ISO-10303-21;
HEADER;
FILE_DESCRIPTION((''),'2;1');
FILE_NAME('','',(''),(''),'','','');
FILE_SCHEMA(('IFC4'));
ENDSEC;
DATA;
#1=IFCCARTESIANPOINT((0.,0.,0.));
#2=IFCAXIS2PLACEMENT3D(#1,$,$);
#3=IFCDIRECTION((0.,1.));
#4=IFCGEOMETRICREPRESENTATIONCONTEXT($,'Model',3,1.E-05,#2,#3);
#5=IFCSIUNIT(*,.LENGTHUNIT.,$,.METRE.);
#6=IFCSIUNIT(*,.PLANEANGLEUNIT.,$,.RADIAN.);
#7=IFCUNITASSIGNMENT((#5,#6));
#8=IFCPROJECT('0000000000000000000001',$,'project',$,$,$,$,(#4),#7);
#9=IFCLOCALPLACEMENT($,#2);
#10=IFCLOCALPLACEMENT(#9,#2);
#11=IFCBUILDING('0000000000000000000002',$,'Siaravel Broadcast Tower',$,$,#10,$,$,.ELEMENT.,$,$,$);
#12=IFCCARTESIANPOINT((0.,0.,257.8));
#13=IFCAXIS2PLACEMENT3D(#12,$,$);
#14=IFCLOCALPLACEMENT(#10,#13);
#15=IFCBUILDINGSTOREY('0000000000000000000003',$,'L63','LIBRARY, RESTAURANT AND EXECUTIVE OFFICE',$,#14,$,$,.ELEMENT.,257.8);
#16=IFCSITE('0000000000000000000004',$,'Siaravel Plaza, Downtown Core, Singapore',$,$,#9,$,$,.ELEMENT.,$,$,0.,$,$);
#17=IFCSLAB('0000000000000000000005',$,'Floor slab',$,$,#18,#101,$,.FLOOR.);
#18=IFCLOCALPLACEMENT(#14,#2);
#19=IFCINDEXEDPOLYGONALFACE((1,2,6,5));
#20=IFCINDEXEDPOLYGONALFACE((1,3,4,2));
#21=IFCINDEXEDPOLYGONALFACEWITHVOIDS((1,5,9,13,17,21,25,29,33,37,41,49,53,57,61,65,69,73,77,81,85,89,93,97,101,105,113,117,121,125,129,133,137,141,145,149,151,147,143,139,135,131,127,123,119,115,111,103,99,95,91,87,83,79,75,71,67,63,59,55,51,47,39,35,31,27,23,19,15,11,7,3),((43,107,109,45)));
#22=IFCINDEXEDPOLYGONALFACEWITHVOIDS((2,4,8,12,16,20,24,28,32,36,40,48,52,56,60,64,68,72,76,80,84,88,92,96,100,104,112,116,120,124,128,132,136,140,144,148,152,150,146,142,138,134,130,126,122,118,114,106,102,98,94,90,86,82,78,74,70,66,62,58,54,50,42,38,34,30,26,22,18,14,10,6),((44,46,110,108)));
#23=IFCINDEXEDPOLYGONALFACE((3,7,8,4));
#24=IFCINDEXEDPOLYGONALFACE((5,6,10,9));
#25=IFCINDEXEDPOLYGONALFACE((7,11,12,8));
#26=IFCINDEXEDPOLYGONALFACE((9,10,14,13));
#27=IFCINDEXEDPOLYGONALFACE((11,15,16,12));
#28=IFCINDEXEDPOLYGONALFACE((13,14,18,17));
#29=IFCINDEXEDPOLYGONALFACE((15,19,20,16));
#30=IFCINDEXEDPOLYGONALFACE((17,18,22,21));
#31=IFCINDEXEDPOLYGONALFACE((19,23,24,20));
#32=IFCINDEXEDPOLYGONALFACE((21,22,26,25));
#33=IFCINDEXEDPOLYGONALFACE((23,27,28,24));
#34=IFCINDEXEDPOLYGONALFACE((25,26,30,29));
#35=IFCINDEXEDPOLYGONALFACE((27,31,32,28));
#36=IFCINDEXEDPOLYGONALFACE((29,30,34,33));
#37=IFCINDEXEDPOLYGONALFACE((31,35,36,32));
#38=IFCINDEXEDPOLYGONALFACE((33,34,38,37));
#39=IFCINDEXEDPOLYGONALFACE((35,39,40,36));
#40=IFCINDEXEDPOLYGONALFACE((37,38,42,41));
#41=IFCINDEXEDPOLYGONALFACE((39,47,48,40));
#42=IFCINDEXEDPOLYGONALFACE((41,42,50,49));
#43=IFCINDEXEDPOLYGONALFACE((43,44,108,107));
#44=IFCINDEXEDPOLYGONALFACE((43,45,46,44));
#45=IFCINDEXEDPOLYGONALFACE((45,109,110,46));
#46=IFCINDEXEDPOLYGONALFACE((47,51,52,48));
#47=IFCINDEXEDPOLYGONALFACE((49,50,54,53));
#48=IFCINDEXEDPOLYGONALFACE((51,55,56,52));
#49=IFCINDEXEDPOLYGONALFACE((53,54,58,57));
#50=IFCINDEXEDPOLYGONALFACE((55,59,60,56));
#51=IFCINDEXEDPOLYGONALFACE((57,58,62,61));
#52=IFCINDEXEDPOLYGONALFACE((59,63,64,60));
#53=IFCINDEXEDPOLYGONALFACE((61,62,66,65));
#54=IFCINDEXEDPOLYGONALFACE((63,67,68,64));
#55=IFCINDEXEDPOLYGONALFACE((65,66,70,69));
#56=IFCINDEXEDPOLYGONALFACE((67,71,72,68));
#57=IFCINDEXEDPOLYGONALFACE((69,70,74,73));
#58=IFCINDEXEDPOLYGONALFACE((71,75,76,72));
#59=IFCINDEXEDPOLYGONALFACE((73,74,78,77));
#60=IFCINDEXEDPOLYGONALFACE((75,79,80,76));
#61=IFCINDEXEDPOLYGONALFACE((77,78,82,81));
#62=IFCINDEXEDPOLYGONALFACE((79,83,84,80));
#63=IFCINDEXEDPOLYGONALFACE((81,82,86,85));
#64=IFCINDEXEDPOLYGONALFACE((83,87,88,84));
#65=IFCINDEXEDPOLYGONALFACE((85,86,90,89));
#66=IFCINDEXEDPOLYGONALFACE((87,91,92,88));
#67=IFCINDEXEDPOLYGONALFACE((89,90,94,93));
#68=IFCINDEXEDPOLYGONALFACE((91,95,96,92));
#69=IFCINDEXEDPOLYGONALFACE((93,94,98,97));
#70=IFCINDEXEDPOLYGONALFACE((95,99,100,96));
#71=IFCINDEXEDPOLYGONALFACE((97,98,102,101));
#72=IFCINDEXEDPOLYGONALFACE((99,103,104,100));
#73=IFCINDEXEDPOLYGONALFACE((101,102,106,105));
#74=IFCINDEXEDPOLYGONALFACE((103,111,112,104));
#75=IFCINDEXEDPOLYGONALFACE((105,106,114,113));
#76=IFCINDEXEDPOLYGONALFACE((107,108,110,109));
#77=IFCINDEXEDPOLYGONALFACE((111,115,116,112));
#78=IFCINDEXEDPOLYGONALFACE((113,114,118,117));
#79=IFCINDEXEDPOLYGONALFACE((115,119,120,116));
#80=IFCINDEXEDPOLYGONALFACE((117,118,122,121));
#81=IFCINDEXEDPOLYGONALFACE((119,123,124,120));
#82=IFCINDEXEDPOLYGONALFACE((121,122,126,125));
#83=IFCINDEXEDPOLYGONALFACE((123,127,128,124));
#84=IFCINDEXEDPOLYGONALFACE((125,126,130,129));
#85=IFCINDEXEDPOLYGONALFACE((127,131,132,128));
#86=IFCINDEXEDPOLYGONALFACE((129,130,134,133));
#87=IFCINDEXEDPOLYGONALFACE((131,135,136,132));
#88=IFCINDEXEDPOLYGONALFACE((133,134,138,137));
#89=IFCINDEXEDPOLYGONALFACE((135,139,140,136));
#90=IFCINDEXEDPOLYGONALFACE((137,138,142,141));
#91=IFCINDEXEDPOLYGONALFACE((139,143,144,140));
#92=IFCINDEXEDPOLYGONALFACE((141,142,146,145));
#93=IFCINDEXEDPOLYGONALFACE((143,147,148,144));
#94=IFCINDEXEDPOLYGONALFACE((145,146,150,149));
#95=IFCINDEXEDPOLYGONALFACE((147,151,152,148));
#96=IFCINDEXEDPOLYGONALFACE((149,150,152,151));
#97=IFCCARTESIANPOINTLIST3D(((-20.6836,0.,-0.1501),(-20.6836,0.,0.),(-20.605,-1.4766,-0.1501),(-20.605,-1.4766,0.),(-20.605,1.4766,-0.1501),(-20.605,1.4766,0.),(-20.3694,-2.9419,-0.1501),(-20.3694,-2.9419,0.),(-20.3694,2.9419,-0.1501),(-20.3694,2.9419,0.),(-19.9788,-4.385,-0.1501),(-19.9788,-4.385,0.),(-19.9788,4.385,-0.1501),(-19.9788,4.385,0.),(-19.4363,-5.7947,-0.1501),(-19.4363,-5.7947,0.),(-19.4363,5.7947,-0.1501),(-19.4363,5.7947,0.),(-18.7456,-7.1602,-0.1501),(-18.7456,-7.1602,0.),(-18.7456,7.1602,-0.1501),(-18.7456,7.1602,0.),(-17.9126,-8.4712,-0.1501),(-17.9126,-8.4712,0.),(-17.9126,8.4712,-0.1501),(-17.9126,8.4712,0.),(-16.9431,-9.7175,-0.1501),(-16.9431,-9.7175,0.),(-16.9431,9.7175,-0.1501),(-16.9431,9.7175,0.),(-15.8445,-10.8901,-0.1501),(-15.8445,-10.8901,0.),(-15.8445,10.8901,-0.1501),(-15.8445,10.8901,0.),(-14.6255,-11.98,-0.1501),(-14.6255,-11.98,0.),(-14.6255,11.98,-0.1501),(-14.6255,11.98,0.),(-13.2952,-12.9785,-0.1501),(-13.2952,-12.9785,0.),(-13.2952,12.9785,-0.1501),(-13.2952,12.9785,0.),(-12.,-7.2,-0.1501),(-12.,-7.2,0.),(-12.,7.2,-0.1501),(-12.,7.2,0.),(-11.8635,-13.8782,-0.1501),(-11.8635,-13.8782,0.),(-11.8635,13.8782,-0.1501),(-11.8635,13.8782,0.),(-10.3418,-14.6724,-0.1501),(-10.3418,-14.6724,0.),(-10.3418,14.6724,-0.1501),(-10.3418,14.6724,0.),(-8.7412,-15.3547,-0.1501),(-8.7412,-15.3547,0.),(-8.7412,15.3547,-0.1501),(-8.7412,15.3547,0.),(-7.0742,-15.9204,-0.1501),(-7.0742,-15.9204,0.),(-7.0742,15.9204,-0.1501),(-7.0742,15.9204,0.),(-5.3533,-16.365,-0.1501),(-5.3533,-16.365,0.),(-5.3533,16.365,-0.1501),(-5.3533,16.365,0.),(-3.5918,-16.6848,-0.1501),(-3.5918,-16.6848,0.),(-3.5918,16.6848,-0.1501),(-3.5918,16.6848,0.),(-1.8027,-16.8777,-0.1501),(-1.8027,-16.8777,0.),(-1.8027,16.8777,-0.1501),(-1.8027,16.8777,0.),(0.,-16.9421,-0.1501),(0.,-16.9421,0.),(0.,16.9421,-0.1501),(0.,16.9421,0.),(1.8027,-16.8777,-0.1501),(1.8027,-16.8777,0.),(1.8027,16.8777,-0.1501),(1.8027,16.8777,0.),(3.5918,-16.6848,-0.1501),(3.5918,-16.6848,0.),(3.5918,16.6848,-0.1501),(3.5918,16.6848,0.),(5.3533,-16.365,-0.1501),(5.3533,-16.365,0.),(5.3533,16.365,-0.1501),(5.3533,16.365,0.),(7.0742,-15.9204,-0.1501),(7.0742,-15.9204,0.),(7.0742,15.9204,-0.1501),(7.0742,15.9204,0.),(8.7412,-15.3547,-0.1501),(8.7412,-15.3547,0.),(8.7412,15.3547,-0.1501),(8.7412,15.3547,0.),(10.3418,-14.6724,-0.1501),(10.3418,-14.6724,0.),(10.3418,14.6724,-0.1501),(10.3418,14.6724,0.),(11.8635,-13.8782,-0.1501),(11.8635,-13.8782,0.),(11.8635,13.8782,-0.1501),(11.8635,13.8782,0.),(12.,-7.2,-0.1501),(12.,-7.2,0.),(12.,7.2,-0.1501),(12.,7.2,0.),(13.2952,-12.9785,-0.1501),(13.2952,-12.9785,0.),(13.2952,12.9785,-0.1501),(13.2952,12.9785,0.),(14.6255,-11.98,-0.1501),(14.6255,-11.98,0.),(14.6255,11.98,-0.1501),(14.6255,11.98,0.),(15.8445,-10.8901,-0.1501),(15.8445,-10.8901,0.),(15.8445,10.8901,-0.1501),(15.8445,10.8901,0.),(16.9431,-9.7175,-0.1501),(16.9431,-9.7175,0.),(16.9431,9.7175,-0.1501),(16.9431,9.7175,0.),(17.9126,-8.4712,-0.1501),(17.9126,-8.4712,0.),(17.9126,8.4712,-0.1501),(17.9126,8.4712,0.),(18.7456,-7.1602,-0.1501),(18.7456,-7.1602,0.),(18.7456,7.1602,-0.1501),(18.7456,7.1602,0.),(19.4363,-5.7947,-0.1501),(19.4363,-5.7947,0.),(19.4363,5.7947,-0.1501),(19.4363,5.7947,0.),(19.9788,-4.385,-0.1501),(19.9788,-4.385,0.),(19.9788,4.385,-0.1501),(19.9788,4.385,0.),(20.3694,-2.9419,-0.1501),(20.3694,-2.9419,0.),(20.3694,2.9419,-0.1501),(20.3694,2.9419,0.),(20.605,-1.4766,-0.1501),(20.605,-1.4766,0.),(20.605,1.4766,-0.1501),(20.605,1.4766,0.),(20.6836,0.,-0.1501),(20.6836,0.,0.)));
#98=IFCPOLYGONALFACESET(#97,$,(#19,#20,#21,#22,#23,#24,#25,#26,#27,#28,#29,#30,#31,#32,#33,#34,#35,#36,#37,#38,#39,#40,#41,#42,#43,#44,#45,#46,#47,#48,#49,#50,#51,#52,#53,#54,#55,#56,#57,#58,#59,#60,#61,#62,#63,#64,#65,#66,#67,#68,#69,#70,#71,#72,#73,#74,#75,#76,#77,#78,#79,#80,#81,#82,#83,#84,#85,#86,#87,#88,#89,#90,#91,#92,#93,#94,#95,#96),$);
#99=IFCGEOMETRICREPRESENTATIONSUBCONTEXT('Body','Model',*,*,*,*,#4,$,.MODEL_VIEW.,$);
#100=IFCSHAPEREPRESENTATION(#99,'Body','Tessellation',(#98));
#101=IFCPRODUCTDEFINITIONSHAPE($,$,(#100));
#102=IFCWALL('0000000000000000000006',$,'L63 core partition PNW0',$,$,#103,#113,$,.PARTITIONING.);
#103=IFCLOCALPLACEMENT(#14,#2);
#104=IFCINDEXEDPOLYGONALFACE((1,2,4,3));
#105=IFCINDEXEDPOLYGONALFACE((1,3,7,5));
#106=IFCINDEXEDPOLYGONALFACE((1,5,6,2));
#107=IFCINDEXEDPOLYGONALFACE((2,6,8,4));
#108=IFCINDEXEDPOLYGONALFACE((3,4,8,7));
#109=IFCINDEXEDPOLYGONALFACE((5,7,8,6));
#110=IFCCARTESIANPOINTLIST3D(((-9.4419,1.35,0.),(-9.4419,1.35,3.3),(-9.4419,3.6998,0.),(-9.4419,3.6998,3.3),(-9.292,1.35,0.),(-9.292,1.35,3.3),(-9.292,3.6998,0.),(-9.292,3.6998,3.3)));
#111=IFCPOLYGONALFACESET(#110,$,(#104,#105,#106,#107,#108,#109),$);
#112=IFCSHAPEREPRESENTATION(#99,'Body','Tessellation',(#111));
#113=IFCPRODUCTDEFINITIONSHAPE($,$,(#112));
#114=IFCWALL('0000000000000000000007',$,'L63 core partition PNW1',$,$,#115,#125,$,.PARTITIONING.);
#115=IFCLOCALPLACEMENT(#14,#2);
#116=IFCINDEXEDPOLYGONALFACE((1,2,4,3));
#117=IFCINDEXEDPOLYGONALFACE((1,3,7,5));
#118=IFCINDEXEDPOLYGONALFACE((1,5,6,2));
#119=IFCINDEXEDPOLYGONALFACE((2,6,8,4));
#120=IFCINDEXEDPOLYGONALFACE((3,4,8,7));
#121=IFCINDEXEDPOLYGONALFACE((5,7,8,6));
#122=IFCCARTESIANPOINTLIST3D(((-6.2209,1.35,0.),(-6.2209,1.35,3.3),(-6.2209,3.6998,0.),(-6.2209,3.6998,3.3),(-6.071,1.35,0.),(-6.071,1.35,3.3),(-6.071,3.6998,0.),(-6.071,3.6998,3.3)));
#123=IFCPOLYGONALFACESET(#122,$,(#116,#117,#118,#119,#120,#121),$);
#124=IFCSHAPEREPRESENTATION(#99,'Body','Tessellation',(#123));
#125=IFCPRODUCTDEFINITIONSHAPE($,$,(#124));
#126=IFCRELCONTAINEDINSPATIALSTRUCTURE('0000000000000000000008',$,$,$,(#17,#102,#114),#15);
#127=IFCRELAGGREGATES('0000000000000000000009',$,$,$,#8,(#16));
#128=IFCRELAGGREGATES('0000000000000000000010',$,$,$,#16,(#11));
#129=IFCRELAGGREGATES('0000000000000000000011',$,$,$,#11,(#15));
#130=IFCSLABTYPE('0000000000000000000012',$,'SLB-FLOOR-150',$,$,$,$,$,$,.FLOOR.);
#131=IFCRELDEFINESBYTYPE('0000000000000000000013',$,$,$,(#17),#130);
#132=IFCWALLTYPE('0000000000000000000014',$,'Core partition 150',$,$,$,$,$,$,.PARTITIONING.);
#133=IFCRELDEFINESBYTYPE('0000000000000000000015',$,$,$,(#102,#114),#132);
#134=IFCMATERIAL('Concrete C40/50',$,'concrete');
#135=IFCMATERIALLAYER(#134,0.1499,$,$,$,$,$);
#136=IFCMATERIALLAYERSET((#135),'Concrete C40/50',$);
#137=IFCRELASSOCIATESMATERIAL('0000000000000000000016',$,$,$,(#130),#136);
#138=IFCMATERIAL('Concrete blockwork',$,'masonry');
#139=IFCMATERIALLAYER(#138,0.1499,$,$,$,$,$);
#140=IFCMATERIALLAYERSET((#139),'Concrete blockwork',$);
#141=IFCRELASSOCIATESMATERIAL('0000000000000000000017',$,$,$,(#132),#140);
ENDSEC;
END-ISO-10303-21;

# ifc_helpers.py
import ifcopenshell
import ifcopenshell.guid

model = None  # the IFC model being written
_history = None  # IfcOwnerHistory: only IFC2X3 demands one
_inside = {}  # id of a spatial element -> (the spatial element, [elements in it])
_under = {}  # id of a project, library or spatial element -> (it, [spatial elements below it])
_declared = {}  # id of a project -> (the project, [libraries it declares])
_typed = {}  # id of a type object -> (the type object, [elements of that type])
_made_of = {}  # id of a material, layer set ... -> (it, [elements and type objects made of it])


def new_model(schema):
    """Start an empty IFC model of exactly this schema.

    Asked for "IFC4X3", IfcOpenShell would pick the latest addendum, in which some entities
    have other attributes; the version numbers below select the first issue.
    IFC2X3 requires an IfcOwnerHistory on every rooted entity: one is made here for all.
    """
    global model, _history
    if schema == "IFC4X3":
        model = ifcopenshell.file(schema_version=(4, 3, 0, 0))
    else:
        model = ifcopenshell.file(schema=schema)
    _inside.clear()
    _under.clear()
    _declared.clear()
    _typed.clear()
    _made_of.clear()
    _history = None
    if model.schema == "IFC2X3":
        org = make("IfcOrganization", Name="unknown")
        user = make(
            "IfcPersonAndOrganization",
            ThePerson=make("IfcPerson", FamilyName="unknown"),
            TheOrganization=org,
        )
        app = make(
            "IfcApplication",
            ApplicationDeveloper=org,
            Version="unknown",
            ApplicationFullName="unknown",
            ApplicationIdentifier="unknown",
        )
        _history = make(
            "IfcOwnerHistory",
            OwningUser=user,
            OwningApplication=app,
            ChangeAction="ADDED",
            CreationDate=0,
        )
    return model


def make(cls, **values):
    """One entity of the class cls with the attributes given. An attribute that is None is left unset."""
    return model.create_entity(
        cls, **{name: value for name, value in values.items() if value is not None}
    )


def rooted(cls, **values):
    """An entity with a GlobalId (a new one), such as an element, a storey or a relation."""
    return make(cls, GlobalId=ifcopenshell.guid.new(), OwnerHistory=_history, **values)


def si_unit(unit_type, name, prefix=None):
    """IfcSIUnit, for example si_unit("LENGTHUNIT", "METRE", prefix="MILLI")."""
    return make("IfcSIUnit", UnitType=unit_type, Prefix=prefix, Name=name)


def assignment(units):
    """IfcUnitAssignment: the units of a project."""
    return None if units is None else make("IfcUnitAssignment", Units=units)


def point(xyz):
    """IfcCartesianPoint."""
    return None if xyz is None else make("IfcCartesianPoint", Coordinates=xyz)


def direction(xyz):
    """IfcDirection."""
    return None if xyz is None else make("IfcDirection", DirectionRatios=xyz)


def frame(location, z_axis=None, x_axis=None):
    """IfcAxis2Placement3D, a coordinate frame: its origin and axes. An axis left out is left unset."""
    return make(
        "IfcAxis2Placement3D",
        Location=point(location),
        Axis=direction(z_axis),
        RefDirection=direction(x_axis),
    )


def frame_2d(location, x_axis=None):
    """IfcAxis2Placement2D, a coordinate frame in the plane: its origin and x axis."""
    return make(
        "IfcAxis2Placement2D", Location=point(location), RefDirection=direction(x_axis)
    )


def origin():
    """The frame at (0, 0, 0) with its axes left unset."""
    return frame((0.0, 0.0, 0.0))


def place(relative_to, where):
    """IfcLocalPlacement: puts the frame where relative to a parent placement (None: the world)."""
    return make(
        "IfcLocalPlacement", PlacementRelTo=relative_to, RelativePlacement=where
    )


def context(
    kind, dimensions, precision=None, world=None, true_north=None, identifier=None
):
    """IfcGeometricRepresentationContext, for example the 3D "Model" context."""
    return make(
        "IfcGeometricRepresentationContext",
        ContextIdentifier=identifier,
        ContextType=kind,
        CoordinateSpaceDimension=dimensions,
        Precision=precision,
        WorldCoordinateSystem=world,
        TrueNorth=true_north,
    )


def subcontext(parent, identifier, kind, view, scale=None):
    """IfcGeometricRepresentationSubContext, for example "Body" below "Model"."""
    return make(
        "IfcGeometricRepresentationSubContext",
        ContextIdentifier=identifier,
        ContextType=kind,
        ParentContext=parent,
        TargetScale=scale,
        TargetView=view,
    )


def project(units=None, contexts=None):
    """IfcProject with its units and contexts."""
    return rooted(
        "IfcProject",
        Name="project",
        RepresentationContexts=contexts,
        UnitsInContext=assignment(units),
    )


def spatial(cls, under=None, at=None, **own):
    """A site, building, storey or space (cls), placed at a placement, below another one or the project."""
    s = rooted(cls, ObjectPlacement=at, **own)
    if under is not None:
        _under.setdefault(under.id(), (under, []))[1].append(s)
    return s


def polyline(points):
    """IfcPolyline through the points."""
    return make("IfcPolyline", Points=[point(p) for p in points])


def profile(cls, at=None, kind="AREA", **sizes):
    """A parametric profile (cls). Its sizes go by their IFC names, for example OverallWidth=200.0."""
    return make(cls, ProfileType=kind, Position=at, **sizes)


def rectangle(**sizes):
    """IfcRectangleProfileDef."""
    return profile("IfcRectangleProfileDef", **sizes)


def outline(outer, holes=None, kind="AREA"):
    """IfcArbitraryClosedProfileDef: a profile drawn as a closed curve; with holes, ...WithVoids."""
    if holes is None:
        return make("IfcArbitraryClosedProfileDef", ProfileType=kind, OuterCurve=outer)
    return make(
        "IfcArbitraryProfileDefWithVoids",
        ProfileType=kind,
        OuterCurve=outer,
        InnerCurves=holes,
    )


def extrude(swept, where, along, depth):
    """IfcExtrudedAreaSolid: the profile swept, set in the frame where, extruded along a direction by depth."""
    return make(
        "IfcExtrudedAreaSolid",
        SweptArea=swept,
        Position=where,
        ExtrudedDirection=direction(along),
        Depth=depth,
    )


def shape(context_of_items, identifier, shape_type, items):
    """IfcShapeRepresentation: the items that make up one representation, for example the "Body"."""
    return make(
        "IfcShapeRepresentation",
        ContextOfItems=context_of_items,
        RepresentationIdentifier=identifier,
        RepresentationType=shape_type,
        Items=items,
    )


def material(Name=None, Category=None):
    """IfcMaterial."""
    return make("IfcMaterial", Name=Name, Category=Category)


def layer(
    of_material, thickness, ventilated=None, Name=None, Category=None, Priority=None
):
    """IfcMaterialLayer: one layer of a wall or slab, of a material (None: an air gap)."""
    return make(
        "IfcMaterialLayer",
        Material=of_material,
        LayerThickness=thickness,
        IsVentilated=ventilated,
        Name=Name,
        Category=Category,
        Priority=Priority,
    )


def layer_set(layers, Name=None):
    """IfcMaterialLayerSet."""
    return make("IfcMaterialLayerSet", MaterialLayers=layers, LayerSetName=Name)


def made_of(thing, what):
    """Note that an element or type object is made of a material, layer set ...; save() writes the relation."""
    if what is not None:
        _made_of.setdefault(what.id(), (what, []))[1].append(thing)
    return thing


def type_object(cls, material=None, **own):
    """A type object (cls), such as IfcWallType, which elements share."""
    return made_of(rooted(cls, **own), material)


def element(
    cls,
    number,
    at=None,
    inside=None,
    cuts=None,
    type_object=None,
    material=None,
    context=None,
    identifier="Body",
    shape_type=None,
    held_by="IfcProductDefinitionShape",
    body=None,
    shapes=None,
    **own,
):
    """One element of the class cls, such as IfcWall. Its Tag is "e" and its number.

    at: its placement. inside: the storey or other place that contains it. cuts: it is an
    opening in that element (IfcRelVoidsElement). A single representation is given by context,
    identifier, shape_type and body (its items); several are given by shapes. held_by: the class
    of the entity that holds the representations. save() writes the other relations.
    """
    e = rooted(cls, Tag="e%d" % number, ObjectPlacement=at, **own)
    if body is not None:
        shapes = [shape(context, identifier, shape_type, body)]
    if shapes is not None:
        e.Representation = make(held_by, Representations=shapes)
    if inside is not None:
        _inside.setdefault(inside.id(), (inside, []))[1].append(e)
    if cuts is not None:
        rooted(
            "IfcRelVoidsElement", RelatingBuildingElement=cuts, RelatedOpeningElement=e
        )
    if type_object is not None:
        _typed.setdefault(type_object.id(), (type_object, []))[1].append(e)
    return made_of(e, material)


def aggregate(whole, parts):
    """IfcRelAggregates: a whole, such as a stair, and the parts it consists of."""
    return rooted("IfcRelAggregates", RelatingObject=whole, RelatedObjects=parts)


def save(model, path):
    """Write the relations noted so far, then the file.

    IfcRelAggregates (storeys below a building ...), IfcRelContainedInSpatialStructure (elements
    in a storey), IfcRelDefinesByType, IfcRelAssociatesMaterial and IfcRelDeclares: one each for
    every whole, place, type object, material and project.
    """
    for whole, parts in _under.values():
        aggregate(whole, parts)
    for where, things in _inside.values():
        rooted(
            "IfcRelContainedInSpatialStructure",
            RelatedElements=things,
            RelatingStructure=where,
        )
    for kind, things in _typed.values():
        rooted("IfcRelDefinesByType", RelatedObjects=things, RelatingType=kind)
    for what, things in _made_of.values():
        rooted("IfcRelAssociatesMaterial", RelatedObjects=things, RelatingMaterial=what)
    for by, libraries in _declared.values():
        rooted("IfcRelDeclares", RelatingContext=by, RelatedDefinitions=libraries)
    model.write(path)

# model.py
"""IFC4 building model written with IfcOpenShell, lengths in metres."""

from ifc_helpers import new_model, si_unit, direction, frame, frame_2d, origin, place, context, subcontext, project, spatial, polyline, rectangle, outline, extrude, material, layer, layer_set, type_object, element, save


model = new_model("IFC4")

# Units and contexts
model_context = context("Model", 3, precision=1e-05, world=origin(), true_north=direction((0.0, 1.0)))
body_context = subcontext(model_context, "Body", "Model", "MODEL_VIEW")
ifc_project = project(units=[si_unit("LENGTHUNIT", "METRE"), si_unit("PLANEANGLEUNIT", "RADIAN")], contexts=[model_context])

# Site, building, storey
site_placement = place(None, origin())
site = spatial("IfcSite", under=ifc_project, at=site_placement, Name="Siaravel Plaza, Downtown Core, Singapore", CompositionType="ELEMENT", RefElevation=0.0)
building_placement = place(site_placement, origin())
building = spatial("IfcBuilding", under=site, at=building_placement, Name="Siaravel Broadcast Tower", CompositionType="ELEMENT")
storey_placement = place(building_placement, frame((0.0, 0.0, 257.8)))
storey = spatial("IfcBuildingStorey", under=building, at=storey_placement, Name="L63", Description="LIBRARY, RESTAURANT AND EXECUTIVE OFFICE", CompositionType="ELEMENT", Elevation=257.8)

# Slab
ifc_material_1 = material(Name="Concrete C40/50", Category="concrete")
ifc_layer_1 = layer(ifc_material_1, 0.1499)
ifc_layer_set_1 = layer_set([ifc_layer_1], Name="Concrete C40/50")
slab_type = type_object("IfcSlabType", Name="SLB-FLOOR-150", PredefinedType="FLOOR", material=ifc_layer_set_1)
slab_placement = place(storey_placement, frame((0.0, 0.0, -0.1501)))
element("IfcSlab", 1, at=slab_placement, inside=storey, type_object=slab_type, Name="Floor slab", PredefinedType="FLOOR", context=body_context, shape_type="SweptSolid", body=[
    extrude(outline(polyline([(20.6836, 0.0), (20.605, 1.4766), (20.3694, 2.9419), (19.9788, 4.385), (19.4363, 5.7947), (18.7456, 7.1602), (17.9126, 8.4712), (16.9431, 9.7175), (15.8445, 10.8901), (14.6255, 11.98), (13.2952, 12.9785), (11.8635, 13.8782), (10.3418, 14.6724), (8.7412, 15.3547), (7.0742, 15.9204), (5.3533, 16.365), (3.5918, 16.6848), (1.8027, 16.8777), (0.0, 16.9421), (-1.8027, 16.8777), (-3.5918, 16.6848), (-5.3533, 16.365), (-7.0742, 15.9204), (-8.7412, 15.3547), (-10.3418, 14.6724), (-11.8635, 13.8782), (-13.2952, 12.9785), (-14.6255, 11.98), (-15.8445, 10.8901), (-16.9431, 9.7175), (-17.9126, 8.4712), (-18.7456, 7.1602), (-19.4363, 5.7947), (-19.9788, 4.385), (-20.3694, 2.9419), (-20.605, 1.4766), (-20.6836, 0.0), (-20.605, -1.4766), (-20.3694, -2.9419), (-19.9788, -4.385), (-19.4363, -5.7947), (-18.7456, -7.1602), (-17.9126, -8.4712), (-16.9431, -9.7175), (-15.8445, -10.8901), (-14.6255, -11.98), (-13.2952, -12.9785), (-11.8635, -13.8782), (-10.3418, -14.6724), (-8.7412, -15.3547), (-7.0742, -15.9204), (-5.3533, -16.365), (-3.5918, -16.6848), (-1.8027, -16.8777), (0.0, -16.9421), (1.8027, -16.8777), (3.5918, -16.6848), (5.3533, -16.365), (7.0742, -15.9204), (8.7412, -15.3547), (10.3418, -14.6724), (11.8635, -13.8782), (13.2952, -12.9785), (14.6255, -11.98), (15.8445, -10.8901), (16.9431, -9.7175), (17.9126, -8.4712), (18.7456, -7.1602), (19.4363, -5.7947), (19.9788, -4.385), (20.3694, -2.9419), (20.605, -1.4766), (20.6836, 0.0)]), holes=[polyline([(-12.0, 7.2), (12.0, 7.2), (12.0, -7.2), (-12.0, -7.2), (-12.0, 7.2)])]), origin(), (0.0, 0.0, 1.0), 0.1501),
])

# Walls
ifc_material_2 = material(Name="Concrete blockwork", Category="masonry")
ifc_layer_2 = layer(ifc_material_2, 0.1499)
ifc_layer_set_2 = layer_set([ifc_layer_2], Name="Concrete blockwork")
wall_type_1 = type_object("IfcWallType", Name="Core partition 150", PredefinedType="PARTITIONING", material=ifc_layer_set_2)
for number, where, z_axis, x_axis, name in (
    (2, (-9.3669, 1.3501, 0.0), (0.0, 0.0, 1.0), (0.0, 1.0, 0.0), "L63 core partition PNW0"),
    (3, (-6.146, 1.3501, 0.0), (0.0, 0.0, 1.0), (0.0, 1.0, 0.0), "L63 core partition PNW1"),
):
    element("IfcWall", number, at=place(storey_placement, frame(where, z_axis=z_axis, x_axis=x_axis)), inside=storey, type_object=wall_type_1, Name=name, PredefinedType="PARTITIONING", context=body_context, shape_type="SweptSolid", body=[
        extrude(rectangle(XDim=2.3499, YDim=0.1499, at=frame_2d((1.1748, 0.0))), origin(), (0.0, 0.0, 1.0), 3.3),
    ])

save(model, "model.ifc")
